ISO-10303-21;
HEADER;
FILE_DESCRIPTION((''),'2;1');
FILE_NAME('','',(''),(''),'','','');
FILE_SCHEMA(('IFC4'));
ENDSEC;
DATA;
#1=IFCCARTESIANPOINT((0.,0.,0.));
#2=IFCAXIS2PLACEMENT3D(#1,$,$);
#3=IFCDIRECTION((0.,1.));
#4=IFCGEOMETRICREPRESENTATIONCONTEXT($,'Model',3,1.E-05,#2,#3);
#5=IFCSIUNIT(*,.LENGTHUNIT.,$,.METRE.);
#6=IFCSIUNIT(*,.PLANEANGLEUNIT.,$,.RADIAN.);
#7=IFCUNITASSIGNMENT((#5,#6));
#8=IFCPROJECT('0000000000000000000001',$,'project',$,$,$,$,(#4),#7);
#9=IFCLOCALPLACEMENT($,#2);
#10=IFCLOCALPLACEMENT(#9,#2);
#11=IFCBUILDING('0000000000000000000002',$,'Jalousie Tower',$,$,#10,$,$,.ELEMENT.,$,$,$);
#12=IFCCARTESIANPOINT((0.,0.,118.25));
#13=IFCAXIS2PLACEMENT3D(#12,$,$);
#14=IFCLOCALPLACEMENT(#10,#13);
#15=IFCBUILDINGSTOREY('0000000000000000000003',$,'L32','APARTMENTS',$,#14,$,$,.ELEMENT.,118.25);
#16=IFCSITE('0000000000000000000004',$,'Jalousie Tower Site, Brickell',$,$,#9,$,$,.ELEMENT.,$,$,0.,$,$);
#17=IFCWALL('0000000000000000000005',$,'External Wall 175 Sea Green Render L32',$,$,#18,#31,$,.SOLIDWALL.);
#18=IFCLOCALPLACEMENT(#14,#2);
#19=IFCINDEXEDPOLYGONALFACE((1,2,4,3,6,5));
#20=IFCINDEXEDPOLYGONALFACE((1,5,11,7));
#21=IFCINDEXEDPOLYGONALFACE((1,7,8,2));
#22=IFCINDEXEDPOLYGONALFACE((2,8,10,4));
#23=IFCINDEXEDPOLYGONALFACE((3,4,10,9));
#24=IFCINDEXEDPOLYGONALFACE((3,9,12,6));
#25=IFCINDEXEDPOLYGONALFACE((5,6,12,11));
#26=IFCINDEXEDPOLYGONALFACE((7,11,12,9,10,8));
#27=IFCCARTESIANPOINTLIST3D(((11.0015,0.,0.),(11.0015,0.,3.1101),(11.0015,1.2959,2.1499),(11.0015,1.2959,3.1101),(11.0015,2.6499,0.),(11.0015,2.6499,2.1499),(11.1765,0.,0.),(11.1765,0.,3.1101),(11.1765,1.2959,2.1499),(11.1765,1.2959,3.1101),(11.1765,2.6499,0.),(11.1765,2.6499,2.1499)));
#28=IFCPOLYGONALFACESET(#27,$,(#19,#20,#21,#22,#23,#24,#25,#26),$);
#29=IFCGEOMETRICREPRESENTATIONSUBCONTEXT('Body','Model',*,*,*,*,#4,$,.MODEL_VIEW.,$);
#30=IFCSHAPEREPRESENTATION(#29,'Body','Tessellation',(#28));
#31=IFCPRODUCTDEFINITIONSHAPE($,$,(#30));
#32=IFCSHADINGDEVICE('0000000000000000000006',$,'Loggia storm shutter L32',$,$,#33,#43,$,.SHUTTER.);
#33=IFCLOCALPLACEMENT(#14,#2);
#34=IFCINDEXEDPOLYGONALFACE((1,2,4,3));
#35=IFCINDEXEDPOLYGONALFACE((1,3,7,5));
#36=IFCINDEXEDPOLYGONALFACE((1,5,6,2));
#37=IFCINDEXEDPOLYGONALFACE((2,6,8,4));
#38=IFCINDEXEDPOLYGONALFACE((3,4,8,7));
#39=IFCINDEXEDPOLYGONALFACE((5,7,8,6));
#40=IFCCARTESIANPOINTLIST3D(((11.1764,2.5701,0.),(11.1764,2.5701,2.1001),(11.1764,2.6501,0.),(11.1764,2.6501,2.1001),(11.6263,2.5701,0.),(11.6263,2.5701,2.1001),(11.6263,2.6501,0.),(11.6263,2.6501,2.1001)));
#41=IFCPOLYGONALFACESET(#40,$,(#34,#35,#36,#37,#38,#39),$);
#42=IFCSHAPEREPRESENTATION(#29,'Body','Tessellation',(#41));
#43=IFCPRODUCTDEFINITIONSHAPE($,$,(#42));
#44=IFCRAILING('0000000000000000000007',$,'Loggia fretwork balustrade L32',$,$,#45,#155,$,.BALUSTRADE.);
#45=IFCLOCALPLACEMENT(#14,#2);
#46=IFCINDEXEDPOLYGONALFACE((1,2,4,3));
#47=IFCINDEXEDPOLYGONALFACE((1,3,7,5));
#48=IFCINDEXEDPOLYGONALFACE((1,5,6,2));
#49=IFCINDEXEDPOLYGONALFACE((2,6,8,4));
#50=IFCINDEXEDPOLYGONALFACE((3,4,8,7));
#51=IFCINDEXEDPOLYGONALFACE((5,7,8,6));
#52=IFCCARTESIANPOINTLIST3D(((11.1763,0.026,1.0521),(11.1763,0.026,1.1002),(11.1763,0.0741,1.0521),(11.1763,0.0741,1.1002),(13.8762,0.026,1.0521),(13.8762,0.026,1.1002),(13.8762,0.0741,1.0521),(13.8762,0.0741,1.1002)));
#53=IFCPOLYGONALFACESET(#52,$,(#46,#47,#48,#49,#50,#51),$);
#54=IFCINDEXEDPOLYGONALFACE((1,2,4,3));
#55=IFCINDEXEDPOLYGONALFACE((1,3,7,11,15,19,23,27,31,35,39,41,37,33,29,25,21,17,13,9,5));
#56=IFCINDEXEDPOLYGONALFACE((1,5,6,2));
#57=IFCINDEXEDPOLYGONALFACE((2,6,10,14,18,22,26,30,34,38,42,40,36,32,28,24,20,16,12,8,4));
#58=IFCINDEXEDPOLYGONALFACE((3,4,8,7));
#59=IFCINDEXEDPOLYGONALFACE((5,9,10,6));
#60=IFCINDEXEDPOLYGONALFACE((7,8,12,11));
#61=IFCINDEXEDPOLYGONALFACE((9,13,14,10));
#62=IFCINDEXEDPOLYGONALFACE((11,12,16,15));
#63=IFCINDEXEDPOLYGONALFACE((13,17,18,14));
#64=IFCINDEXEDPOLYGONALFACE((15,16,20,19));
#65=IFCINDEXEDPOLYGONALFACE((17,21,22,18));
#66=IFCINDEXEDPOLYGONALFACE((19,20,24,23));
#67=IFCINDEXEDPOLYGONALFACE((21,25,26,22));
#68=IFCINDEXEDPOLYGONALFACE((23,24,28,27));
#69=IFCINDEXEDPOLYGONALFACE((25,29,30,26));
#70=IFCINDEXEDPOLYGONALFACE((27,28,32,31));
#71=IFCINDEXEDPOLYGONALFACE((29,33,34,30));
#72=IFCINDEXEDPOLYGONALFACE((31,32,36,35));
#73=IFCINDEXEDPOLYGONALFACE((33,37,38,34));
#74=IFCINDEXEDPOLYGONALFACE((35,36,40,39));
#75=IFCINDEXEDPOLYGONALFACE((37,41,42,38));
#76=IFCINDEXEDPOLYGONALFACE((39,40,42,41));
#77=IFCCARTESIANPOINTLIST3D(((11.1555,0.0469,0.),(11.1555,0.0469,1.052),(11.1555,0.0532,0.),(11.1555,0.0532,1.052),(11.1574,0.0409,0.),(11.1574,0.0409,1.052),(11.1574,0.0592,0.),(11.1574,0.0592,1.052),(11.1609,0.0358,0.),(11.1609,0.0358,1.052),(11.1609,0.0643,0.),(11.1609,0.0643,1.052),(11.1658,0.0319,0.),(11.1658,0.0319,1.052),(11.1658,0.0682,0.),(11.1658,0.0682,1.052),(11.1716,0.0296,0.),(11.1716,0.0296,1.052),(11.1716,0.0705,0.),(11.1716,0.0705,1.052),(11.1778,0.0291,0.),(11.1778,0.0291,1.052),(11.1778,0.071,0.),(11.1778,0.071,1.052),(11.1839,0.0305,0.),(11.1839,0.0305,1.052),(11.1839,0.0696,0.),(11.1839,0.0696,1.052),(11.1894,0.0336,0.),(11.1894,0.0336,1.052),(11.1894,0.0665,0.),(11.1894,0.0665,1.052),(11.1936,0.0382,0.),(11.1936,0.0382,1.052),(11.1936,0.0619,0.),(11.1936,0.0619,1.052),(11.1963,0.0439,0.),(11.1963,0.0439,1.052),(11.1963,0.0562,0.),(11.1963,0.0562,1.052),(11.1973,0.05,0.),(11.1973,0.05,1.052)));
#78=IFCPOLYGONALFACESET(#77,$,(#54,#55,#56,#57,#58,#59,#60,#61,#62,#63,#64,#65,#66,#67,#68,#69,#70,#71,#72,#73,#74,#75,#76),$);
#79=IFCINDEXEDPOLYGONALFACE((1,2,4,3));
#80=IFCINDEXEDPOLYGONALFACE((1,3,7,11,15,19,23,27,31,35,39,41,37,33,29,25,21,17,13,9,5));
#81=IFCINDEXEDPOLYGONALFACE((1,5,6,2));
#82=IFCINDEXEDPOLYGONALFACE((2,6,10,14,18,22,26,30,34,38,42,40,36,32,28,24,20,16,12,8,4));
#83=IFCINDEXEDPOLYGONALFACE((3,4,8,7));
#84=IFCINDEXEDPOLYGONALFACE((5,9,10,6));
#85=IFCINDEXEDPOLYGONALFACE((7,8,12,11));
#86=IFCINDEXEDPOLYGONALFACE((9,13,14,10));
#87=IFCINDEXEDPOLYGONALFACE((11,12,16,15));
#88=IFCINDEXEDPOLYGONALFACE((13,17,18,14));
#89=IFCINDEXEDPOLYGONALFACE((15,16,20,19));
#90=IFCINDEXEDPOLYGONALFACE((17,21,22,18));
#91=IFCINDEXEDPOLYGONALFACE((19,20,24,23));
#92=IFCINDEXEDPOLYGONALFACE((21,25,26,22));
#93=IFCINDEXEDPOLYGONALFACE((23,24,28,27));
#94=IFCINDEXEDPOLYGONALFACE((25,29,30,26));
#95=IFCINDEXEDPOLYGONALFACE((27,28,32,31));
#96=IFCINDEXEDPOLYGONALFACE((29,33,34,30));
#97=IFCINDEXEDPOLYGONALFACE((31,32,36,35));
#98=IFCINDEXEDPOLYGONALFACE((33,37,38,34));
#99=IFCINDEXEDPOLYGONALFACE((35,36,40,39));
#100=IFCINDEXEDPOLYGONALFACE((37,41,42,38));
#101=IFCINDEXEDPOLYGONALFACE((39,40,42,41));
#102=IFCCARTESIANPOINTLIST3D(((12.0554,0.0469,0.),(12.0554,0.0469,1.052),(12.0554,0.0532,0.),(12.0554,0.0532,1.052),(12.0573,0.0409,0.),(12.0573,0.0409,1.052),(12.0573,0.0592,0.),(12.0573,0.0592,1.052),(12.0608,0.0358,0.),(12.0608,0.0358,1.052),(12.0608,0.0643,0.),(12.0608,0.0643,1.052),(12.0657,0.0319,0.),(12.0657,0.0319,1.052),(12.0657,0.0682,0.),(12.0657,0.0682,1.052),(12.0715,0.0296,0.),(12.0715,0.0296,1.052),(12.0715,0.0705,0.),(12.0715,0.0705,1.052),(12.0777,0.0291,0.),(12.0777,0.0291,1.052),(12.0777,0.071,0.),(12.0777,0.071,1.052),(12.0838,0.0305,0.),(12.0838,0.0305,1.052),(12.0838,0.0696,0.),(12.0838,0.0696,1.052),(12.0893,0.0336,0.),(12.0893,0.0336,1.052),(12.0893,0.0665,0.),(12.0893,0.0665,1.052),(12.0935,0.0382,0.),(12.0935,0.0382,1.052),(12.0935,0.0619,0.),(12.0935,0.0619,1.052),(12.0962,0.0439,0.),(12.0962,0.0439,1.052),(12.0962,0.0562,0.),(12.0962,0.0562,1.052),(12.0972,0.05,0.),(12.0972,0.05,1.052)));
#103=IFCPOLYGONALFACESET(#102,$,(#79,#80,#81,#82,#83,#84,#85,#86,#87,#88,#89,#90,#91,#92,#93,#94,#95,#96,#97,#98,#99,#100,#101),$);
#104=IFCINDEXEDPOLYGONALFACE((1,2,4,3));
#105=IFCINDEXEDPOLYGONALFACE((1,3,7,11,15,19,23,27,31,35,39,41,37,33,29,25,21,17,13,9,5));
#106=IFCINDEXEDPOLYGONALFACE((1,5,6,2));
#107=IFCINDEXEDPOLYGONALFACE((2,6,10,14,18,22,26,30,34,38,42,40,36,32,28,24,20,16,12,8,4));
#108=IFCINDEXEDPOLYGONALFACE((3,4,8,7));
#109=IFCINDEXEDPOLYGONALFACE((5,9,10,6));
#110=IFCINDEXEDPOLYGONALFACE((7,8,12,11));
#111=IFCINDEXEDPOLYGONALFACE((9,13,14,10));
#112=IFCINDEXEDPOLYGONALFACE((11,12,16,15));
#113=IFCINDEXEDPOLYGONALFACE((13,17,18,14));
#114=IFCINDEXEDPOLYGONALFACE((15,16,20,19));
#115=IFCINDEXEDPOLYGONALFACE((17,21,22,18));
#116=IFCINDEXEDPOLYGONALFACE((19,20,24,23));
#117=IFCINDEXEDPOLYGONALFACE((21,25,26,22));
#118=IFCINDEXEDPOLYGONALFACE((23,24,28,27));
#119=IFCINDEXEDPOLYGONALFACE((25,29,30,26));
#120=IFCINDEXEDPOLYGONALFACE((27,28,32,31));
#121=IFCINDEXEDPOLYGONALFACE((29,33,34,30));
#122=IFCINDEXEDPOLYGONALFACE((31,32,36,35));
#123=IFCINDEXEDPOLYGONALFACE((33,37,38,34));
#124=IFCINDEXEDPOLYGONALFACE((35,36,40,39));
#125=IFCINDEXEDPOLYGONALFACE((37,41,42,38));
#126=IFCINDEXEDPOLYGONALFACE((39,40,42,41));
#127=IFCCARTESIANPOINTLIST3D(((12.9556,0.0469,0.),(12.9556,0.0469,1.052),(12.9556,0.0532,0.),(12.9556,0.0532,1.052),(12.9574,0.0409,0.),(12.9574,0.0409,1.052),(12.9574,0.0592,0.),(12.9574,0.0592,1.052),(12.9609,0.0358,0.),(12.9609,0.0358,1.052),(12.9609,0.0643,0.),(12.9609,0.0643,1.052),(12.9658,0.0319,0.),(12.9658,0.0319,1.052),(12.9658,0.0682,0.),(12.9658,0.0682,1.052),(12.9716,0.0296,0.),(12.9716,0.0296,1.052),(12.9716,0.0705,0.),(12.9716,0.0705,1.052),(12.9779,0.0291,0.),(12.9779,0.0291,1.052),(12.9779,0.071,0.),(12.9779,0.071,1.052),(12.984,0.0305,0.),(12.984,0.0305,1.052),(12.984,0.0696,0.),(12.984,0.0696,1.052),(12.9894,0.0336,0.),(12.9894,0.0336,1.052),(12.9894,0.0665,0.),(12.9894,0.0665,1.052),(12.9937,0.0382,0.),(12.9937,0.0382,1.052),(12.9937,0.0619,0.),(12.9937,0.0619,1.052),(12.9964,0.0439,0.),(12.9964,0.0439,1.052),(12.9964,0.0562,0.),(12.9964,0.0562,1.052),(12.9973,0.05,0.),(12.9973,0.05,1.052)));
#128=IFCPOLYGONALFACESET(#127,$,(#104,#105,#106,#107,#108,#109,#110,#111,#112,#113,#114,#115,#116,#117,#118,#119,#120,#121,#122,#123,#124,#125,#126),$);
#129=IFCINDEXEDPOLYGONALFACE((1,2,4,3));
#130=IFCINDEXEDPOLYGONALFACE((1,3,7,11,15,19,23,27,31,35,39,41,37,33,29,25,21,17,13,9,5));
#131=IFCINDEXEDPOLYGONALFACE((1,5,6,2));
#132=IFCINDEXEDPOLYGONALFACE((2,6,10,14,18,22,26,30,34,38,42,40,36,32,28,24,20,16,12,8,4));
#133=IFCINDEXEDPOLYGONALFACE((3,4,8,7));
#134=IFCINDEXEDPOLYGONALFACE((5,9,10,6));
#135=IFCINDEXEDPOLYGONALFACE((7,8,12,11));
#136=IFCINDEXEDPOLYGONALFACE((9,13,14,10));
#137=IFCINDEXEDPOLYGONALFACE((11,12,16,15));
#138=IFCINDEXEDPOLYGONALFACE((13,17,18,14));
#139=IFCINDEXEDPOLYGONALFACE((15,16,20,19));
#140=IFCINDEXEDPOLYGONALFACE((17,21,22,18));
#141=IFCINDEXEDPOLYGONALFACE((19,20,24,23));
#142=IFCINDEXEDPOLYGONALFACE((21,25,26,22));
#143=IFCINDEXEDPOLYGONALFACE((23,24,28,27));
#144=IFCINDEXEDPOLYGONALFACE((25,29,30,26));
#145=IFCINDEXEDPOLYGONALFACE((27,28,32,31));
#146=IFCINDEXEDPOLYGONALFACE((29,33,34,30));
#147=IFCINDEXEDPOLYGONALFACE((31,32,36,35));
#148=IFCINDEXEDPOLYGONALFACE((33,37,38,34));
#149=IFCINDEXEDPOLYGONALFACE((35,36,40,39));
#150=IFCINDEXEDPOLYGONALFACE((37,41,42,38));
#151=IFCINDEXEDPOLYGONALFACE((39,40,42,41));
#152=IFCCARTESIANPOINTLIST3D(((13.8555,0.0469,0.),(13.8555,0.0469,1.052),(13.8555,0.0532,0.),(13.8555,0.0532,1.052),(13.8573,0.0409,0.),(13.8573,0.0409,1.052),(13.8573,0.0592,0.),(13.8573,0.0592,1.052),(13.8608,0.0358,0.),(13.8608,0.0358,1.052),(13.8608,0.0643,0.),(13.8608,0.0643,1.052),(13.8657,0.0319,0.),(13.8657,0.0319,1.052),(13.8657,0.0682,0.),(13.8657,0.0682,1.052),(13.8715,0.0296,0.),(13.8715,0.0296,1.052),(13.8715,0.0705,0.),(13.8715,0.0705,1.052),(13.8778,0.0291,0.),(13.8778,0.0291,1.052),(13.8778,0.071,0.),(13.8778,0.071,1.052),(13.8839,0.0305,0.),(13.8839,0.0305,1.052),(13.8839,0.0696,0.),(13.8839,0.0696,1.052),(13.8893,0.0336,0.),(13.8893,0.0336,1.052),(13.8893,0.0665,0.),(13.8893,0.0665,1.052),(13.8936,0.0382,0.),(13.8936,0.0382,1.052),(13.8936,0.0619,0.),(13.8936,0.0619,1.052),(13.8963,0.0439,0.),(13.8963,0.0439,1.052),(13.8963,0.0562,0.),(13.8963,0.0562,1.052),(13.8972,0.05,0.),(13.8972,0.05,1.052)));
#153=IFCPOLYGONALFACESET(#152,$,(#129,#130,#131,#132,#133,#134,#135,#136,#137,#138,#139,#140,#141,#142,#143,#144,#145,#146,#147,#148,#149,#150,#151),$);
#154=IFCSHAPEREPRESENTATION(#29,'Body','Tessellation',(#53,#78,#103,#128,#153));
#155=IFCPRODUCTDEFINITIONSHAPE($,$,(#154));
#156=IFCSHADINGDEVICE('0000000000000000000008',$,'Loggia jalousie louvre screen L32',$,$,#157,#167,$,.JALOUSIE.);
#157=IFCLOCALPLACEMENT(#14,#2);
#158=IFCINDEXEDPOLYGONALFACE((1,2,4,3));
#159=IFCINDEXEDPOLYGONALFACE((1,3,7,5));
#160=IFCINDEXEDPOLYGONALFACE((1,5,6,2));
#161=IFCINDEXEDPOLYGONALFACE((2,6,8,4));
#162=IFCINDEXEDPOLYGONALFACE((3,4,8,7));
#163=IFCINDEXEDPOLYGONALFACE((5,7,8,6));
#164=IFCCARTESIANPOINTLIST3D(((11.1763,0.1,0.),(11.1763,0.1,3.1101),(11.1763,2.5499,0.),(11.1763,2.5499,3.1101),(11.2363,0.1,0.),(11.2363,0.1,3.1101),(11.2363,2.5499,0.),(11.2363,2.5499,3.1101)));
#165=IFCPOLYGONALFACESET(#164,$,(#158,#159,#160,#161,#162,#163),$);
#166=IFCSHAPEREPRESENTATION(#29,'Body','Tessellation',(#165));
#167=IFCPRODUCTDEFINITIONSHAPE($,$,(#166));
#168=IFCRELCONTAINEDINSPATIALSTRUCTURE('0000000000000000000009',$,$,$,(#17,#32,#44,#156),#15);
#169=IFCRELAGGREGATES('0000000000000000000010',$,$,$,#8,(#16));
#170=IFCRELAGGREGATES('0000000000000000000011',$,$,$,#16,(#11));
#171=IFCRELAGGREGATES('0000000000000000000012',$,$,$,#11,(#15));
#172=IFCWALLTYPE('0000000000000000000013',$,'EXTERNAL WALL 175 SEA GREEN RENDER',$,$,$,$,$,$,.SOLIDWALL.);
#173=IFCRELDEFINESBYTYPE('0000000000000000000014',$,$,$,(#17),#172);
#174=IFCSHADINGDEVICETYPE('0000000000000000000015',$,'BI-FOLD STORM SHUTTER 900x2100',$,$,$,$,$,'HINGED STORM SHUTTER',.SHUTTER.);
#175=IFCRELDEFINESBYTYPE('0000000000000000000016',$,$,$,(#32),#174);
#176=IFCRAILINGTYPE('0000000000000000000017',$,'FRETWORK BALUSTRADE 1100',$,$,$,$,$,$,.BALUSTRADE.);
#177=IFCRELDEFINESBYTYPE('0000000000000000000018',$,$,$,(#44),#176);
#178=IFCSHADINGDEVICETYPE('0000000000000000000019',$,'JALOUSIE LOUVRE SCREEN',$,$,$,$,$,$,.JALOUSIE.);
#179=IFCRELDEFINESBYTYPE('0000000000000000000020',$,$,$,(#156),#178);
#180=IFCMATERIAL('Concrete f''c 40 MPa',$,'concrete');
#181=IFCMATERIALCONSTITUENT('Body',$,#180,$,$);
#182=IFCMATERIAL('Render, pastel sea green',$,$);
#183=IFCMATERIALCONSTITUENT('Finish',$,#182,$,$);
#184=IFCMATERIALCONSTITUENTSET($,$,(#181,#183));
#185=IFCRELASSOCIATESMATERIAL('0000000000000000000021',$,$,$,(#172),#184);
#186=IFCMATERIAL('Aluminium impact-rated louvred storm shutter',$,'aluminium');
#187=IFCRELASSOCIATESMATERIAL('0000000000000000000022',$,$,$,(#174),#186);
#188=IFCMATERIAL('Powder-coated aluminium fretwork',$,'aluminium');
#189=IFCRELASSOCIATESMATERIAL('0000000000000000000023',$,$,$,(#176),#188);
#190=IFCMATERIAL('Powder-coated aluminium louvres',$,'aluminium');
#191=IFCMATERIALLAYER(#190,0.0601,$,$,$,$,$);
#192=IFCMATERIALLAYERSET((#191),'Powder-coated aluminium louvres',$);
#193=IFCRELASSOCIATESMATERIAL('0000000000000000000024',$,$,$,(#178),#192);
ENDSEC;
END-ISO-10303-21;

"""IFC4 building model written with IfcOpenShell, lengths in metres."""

from ifc_helpers import new_model, si_unit, direction, frame, origin, origin_2d, place, context, subcontext, project, spatial, polyline, rectangle, circle, outline, extrude, material, layer, layer_set, constituent, constituent_set, type_object, element, save


model = new_model("IFC4")

# Units and contexts
model_context = context("Model", 3, precision=1e-05, world=origin(), true_north=direction((0.0, 1.0)))
body_context = subcontext(model_context, "Body", "Model", "MODEL_VIEW")
ifc_project = project(units=[si_unit("LENGTHUNIT", "METRE"), si_unit("PLANEANGLEUNIT", "RADIAN")], contexts=[model_context])

# Site, building, storey
site_placement = place(None, origin())
site = spatial("IfcSite", under=ifc_project, at=site_placement, Name="Jalousie Tower Site, Brickell", CompositionType="ELEMENT", RefElevation=0.0)
building_placement = place(site_placement, origin())
building = spatial("IfcBuilding", under=site, at=building_placement, Name="Jalousie Tower", CompositionType="ELEMENT")
storey_placement = place(building_placement, frame((0.0, 0.0, 118.25)))
storey = spatial("IfcBuildingStorey", under=building, at=storey_placement, Name="L32", Description="APARTMENTS", CompositionType="ELEMENT", Elevation=118.25)

# Shared definitions
ifc_material_1 = material(Name="Concrete f'c 40 MPa", Category="concrete")
ifc_constituent_1 = constituent(ifc_material_1, Name="Body")
ifc_material_2 = material(Name="Render, pastel sea green")
ifc_constituent_2 = constituent(ifc_material_2, Name="Finish")
ifc_constituent_set = constituent_set(constituents=[ifc_constituent_1, ifc_constituent_2])
wall_type = type_object("IfcWallType", Name="EXTERNAL WALL 175 SEA GREEN RENDER", PredefinedType="SOLIDWALL", material=ifc_constituent_set)

# Wall
wall_1_placement = place(storey_placement, frame((11.0889, 0.0, 0.0), z_axis=(0.0, 0.0, 1.0), x_axis=(0.0, 1.0, 0.0)))
element("IfcWall", 1, at=wall_1_placement, inside=storey, type_object=wall_type, Name="External Wall 175 Sea Green Render L32", PredefinedType="SOLIDWALL", context=body_context, shape_type="SweptSolid", body=[
    extrude(outline(polyline([(0.0, 0.0), (2.6499, 0.0), (2.6499, 2.1499), (1.2959, 2.1499), (1.2959, 3.1101), (0.0, 3.1101), (0.0, 0.0)])), frame((0.0, 0.0874, 0.0), z_axis=(0.0, -1.0, 0.0), x_axis=(1.0, 0.0, 0.0)), (0.0, 0.0, 1.0), 0.175),
])

# Shading device
ifc_material_3 = material(Name="Aluminium impact-rated louvred storm shutter", Category="aluminium")
shading_device_type_1 = type_object("IfcShadingDeviceType", Name="BI-FOLD STORM SHUTTER 900x2100", ElementType="HINGED STORM SHUTTER", PredefinedType="SHUTTER", material=ifc_material_3)
shading_device_1_placement = place(storey_placement, frame((11.4014, 2.6101, 0.0), z_axis=(0.0, 0.0, 1.0), x_axis=(1.0, 0.0, 0.0)))
element("IfcShadingDevice", 2, at=shading_device_1_placement, inside=storey, type_object=shading_device_type_1, Name="Loggia storm shutter L32", PredefinedType="SHUTTER", context=body_context, shape_type="SweptSolid", body=[
    extrude(rectangle(XDim=0.45, YDim=0.0801, at=origin_2d()), origin(), (0.0, 0.0, 1.0), 2.1001),
])

# Railing
ifc_material_4 = material(Name="Powder-coated aluminium fretwork", Category="aluminium")
railing_type = type_object("IfcRailingType", Name="FRETWORK BALUSTRADE 1100", PredefinedType="BALUSTRADE", material=ifc_material_4)
railing_placement = place(storey_placement, frame((11.1763, 0.05, 0.0)))
element("IfcRailing", 3, at=railing_placement, inside=storey, type_object=railing_type, Name="Loggia fretwork balustrade L32", PredefinedType="BALUSTRADE", context=body_context, shape_type="SweptSolid", body=[
    extrude(rectangle(XDim=0.0481, YDim=0.0481, at=origin_2d()), frame((0.0, 0.0, 1.0762), z_axis=(1.0, 0.0, 0.0), x_axis=(0.0, 1.0, 0.0)), (0.0, 0.0, 1.0), 2.7),
    extrude(circle(Radius=0.021, at=origin_2d()), origin(), (0.0, 0.0, 1.0), 1.052),
    extrude(circle(Radius=0.021, at=origin_2d()), frame((0.8999, 0.0, 0.0)), (0.0, 0.0, 1.0), 1.052),
    extrude(circle(Radius=0.021, at=origin_2d()), frame((1.8, 0.0, 0.0)), (0.0, 0.0, 1.0), 1.052),
    extrude(circle(Radius=0.021, at=origin_2d()), frame((2.7, 0.0, 0.0)), (0.0, 0.0, 1.0), 1.052),
])

# Shading device
ifc_material_5 = material(Name="Powder-coated aluminium louvres", Category="aluminium")
ifc_layer_1 = layer(ifc_material_5, 0.0601)
ifc_layer_set_1 = layer_set([ifc_layer_1], Name="Powder-coated aluminium louvres")
shading_device_type_2 = type_object("IfcShadingDeviceType", Name="JALOUSIE LOUVRE SCREEN", PredefinedType="JALOUSIE", material=ifc_layer_set_1)
shading_device_2_placement = place(storey_placement, frame((11.2063, 1.325, 0.0), z_axis=(0.0, 0.0, 1.0), x_axis=(1.0, 0.0, 0.0)))
element("IfcShadingDevice", 4, at=shading_device_2_placement, inside=storey, type_object=shading_device_type_2, Name="Loggia jalousie louvre screen L32", PredefinedType="JALOUSIE", context=body_context, shape_type="SweptSolid", body=[
    extrude(rectangle(XDim=0.0601, YDim=2.45, at=origin_2d()), origin(), (0.0, 0.0, 1.0), 3.1101),
])

save(model, "model.ifc")
